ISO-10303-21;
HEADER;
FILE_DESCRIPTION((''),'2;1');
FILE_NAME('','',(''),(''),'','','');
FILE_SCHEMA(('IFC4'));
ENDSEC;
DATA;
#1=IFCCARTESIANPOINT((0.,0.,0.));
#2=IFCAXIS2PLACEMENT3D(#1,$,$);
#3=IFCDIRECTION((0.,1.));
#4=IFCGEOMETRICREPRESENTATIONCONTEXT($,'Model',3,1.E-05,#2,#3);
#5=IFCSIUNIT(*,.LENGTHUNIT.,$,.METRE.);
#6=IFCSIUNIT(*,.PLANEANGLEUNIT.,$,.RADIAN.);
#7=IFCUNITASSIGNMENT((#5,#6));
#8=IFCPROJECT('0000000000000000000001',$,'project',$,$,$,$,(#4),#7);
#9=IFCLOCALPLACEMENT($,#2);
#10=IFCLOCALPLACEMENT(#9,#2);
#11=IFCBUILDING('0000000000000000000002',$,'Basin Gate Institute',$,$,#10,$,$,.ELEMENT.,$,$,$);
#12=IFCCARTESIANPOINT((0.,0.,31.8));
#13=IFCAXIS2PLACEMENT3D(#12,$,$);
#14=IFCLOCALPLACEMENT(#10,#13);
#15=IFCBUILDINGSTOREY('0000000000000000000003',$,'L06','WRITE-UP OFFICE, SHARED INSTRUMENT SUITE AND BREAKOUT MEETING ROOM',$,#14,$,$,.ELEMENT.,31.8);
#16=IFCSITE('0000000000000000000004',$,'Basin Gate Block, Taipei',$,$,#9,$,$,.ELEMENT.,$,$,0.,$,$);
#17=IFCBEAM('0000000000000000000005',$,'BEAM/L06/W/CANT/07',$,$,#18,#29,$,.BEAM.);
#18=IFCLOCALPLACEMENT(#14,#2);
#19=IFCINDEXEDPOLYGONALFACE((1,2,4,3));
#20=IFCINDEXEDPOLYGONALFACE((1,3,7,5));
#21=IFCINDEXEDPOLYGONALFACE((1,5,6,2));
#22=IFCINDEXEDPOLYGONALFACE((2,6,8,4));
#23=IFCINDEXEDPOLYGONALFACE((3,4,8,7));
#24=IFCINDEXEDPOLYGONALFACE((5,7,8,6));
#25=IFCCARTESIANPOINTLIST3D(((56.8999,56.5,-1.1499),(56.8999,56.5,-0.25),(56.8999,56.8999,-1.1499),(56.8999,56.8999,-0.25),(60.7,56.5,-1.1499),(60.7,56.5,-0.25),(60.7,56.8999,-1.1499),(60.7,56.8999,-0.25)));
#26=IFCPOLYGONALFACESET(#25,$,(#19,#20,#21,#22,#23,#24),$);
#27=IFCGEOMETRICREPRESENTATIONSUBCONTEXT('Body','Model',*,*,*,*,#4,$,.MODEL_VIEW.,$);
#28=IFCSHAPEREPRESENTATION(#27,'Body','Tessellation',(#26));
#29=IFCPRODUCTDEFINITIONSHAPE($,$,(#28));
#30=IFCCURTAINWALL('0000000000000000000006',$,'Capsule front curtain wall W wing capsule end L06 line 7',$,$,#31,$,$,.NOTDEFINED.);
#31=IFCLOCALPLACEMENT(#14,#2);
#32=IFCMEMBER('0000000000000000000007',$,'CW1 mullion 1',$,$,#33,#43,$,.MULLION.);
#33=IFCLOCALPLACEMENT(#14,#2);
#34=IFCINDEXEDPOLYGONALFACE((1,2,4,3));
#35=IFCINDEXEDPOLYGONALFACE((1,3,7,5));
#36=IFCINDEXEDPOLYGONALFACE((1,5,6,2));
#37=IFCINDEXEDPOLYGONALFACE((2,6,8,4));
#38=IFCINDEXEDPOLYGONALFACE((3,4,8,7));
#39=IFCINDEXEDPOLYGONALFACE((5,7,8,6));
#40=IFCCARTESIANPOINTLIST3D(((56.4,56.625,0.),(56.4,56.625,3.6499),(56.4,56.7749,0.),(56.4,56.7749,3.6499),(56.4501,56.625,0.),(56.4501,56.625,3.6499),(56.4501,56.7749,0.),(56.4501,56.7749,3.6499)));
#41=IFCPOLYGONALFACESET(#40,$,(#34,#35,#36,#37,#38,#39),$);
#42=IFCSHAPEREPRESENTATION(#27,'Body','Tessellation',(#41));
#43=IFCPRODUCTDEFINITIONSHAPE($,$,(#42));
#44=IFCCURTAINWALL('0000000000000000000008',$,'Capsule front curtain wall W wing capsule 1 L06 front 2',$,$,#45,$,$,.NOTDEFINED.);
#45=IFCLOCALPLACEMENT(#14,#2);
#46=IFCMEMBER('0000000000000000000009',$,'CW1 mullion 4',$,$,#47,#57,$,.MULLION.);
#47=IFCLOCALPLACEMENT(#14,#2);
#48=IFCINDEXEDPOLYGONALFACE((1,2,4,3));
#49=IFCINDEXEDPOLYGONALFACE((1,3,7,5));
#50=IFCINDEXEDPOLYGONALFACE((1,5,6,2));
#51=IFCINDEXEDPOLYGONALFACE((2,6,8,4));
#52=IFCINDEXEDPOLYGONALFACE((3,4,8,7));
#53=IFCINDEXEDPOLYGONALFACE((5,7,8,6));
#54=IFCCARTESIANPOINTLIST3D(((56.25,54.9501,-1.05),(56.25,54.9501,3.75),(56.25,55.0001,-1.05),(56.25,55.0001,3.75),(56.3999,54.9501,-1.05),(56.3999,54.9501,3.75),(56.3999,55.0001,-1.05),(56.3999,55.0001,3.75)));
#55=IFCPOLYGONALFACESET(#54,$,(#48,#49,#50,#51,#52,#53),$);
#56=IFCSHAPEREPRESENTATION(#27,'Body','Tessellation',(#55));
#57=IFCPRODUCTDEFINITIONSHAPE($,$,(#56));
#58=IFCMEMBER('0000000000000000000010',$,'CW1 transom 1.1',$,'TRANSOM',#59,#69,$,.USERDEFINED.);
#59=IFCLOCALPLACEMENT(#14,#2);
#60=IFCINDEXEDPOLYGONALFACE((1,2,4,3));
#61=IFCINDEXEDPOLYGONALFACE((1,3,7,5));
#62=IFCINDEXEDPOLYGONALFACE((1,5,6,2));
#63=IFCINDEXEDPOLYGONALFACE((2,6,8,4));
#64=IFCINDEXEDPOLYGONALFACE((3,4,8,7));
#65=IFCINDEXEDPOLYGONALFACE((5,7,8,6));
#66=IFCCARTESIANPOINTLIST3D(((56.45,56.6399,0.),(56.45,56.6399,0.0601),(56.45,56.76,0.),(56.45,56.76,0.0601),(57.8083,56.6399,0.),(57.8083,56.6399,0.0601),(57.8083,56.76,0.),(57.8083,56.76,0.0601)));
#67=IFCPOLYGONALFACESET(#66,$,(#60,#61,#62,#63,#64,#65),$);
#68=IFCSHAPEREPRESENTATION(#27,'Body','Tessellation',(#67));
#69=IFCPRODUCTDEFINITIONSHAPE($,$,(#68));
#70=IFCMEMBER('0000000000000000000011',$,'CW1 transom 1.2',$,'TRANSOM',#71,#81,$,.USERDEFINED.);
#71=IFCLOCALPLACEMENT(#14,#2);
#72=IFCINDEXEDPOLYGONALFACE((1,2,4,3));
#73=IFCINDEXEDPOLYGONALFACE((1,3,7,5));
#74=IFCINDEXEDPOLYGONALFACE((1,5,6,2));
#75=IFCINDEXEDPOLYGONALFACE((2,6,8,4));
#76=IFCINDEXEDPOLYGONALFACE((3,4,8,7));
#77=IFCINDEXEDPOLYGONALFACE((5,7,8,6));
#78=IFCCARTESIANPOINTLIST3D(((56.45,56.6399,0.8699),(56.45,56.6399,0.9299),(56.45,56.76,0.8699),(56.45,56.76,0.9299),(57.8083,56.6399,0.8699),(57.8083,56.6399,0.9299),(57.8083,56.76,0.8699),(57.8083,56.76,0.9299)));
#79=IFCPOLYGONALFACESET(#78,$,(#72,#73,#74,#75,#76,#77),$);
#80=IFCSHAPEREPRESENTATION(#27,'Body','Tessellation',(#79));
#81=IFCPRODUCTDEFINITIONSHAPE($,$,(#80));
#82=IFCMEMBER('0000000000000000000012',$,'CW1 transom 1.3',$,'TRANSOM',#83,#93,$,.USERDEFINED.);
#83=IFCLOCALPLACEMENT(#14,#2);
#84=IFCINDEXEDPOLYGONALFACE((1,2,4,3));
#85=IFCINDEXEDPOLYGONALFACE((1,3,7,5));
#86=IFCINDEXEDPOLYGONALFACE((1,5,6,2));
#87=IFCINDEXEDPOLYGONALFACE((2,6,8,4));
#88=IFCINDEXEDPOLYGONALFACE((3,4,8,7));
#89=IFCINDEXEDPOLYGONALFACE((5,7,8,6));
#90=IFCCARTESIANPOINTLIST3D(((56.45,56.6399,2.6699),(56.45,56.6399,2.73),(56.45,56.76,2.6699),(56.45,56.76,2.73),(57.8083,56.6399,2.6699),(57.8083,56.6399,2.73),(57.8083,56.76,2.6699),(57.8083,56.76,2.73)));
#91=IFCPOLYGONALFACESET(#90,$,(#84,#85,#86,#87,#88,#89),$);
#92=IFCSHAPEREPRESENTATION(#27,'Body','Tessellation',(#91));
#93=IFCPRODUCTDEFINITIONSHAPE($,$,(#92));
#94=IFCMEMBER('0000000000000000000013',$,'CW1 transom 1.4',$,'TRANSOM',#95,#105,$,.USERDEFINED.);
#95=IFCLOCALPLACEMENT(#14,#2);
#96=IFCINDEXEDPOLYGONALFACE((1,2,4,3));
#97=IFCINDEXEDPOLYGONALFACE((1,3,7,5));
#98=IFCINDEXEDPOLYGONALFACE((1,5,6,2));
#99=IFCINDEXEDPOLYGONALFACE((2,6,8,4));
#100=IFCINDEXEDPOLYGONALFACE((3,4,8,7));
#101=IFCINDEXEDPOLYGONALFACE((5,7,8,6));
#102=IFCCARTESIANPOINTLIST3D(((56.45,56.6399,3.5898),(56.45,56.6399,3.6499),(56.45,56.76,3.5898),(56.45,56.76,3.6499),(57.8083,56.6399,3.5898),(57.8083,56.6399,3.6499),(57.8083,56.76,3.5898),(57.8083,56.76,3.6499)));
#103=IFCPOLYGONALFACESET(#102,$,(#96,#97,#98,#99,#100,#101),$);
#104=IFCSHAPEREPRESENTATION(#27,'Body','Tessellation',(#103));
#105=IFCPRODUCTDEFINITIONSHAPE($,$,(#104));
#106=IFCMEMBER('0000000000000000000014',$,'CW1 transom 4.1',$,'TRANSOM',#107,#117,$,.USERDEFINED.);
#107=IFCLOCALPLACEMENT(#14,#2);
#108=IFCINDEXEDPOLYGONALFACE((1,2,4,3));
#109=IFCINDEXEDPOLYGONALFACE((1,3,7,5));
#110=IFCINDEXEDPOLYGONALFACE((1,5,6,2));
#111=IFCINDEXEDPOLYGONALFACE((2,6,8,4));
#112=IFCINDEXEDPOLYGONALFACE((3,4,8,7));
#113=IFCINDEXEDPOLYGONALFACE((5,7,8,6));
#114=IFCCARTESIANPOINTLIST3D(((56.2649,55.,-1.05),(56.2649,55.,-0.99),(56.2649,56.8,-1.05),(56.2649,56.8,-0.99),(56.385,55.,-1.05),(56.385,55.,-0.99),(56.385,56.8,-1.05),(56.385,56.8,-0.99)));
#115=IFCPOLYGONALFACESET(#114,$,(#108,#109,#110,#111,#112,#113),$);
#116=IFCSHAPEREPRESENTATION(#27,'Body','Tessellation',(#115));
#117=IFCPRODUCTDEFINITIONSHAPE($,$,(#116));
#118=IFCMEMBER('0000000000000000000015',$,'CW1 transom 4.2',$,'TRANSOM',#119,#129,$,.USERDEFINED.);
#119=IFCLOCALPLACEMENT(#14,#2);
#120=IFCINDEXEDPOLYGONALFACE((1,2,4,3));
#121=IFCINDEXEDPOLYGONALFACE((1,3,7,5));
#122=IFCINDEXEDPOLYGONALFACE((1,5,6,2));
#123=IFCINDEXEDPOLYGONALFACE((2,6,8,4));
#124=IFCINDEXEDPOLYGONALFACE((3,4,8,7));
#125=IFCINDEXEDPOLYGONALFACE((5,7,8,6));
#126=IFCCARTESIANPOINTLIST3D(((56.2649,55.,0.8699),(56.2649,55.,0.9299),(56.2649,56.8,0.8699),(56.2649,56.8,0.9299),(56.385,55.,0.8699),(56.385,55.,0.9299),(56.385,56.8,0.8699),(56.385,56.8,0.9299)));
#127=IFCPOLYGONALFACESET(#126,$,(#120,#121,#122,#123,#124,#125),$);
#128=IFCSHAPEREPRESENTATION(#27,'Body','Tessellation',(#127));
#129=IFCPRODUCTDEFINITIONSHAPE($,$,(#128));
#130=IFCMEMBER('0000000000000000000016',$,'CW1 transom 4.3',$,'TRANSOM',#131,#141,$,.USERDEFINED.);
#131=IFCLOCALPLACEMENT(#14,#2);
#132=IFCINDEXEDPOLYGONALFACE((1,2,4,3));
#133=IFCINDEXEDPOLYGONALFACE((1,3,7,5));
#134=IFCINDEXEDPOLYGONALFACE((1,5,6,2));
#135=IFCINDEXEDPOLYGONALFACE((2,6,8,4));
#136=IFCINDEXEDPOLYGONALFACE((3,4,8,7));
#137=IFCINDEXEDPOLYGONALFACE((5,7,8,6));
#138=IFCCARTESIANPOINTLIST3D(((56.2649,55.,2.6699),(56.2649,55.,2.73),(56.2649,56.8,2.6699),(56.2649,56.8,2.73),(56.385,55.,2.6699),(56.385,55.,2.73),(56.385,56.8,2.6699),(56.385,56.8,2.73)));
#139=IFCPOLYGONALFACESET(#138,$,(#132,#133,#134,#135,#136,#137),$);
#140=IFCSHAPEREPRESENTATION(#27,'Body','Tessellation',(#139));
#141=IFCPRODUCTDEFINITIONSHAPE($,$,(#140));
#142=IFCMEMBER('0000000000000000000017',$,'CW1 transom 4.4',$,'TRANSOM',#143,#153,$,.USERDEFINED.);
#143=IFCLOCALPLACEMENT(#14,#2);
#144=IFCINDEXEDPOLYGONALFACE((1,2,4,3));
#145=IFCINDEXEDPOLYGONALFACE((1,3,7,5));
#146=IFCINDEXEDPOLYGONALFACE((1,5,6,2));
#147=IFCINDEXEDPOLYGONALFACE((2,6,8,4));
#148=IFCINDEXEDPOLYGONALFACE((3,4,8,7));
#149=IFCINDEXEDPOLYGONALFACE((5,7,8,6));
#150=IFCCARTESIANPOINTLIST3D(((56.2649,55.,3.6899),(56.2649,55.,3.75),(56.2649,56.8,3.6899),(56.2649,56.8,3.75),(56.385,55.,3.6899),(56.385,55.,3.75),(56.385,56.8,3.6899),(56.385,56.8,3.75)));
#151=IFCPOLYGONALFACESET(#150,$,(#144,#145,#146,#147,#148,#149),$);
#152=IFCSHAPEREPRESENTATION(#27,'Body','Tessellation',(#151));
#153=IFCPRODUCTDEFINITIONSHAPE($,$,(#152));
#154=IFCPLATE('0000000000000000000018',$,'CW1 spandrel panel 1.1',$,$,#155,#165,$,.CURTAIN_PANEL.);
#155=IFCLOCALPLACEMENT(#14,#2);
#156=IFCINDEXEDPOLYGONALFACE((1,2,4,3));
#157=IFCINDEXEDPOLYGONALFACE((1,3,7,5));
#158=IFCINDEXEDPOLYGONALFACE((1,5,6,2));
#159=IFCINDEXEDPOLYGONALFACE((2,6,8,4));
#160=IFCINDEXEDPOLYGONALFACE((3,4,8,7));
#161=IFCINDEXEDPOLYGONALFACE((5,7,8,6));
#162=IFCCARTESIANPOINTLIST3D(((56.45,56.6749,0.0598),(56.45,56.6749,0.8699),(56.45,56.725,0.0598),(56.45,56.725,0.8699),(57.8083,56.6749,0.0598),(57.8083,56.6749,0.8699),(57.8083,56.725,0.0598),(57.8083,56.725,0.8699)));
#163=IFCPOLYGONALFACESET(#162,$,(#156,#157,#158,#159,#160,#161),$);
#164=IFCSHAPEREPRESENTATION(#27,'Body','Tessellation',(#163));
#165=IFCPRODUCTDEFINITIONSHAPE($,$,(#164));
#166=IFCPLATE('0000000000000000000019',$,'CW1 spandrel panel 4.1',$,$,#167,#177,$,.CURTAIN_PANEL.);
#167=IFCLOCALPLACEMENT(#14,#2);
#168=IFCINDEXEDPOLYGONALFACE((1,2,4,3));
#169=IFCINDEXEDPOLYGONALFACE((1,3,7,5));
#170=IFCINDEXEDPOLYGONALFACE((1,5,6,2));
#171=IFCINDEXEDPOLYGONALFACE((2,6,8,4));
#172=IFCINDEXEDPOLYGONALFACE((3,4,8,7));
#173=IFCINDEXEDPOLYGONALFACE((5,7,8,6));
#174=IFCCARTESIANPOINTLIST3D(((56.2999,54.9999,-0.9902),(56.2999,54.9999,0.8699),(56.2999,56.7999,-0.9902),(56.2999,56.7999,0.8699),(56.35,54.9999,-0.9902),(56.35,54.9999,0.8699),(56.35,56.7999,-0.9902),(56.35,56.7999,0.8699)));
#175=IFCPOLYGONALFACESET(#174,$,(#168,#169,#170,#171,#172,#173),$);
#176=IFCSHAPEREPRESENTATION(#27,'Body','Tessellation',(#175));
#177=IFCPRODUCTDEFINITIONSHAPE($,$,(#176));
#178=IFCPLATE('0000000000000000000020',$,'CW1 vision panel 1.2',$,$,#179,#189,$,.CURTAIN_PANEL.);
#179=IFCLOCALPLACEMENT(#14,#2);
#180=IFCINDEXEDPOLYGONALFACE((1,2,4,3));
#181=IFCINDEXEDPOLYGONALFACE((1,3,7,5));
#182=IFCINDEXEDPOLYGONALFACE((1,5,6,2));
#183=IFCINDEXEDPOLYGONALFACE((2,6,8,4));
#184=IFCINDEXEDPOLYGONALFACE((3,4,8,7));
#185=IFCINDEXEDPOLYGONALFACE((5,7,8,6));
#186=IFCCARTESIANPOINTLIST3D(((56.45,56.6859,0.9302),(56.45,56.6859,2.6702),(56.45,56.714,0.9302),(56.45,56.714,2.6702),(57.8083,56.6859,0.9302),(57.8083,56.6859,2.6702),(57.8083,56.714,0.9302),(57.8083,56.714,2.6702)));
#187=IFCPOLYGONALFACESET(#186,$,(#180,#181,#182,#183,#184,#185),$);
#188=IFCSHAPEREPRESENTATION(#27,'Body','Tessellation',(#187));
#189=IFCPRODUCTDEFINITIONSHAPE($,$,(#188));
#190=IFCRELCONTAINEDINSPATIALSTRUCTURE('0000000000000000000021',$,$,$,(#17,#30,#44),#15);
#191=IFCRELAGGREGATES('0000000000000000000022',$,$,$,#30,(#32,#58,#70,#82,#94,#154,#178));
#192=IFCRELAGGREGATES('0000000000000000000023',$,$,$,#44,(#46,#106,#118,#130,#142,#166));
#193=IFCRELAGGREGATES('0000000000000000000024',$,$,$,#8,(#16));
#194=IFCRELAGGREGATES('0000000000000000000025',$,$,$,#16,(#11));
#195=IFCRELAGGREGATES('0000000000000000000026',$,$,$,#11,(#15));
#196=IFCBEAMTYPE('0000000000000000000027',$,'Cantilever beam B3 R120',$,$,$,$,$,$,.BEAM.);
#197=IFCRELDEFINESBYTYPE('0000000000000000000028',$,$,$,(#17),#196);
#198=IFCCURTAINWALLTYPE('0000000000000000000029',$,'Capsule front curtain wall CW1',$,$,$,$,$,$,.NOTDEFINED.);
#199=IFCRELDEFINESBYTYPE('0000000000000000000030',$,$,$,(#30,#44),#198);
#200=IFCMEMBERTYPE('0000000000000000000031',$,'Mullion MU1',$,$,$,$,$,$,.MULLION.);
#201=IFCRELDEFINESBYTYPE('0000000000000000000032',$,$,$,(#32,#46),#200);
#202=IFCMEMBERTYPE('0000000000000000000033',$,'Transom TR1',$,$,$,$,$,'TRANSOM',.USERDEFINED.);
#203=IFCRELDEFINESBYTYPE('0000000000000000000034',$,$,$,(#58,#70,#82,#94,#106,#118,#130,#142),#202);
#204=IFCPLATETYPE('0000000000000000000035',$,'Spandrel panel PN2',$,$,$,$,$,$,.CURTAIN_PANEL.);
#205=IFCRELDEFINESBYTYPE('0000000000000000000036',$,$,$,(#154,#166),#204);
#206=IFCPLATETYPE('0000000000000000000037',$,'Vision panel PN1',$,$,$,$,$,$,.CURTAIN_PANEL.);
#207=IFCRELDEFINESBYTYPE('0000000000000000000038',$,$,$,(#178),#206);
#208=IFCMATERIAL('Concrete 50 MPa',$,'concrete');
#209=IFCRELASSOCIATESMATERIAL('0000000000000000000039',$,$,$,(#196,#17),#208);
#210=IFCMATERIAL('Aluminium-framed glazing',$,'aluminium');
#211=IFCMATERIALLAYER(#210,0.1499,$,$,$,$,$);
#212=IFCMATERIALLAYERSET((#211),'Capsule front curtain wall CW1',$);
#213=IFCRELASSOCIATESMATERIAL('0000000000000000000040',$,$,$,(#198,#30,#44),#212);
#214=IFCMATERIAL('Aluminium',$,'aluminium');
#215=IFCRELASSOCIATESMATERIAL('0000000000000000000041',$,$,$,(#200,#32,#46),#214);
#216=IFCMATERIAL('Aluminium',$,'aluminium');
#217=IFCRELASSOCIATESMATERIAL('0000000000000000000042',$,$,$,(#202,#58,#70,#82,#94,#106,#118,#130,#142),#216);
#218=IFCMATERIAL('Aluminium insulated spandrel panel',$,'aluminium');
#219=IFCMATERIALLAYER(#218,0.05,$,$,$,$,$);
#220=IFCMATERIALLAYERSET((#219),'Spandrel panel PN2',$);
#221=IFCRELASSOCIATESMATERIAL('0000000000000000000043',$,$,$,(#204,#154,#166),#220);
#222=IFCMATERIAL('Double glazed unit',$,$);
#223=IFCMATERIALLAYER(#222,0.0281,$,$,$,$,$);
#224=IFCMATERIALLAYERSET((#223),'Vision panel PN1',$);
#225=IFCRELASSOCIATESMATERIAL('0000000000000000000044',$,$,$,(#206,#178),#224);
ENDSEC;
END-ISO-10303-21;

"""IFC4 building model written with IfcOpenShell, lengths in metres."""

from ifc_helpers import new_model, si_unit, direction, frame, origin, origin_2d, place, context, subcontext, project, spatial, rectangle, extrude, material, layer, layer_set, material_profile, profile_set, type_object, element, aggregate, save


model = new_model("IFC4")

# Units and contexts
model_context = context("Model", 3, precision=1e-05, world=origin(), true_north=direction((0.0, 1.0)))
body_context = subcontext(model_context, "Body", "Model", "MODEL_VIEW")
ifc_project = project(units=[si_unit("LENGTHUNIT", "METRE"), si_unit("PLANEANGLEUNIT", "RADIAN")], contexts=[model_context])

# Site, building, storey
site_placement = place(None, origin())
site = spatial("IfcSite", under=ifc_project, at=site_placement, Name="Basin Gate Block, Taipei", CompositionType="ELEMENT", RefElevation=0.0)
building_placement = place(site_placement, origin())
building = spatial("IfcBuilding", under=site, at=building_placement, Name="Basin Gate Institute", CompositionType="ELEMENT")
storey_placement = place(building_placement, frame((0.0, 0.0, 31.8)))
storey = spatial("IfcBuildingStorey", under=building, at=storey_placement, Name="L06", Description="WRITE-UP OFFICE, SHARED INSTRUMENT SUITE AND BREAKOUT MEETING ROOM", CompositionType="ELEMENT", Elevation=31.8)

# Beam
ifc_material_1 = material(Name="Concrete 50 MPa", Category="concrete")
ifc_material_profile_1 = material_profile(ifc_material_1, rectangle(XDim=0.3999, YDim=0.8999, at=origin_2d()), Name="Cantilever beam B3 400 x 900")
ifc_profile_set_1 = profile_set([ifc_material_profile_1], Name="Concrete 50 MPa")
beam_type = type_object("IfcBeamType", Name="Cantilever beam B3 R120", PredefinedType="BEAM", material=ifc_profile_set_1)
beam_placement = place(storey_placement, frame((56.8999, 56.7, -0.7), z_axis=(1.0, 0.0, 0.0), x_axis=(0.0, 1.0, 0.0)))
element("IfcBeam", 1, at=beam_placement, inside=storey, type_object=beam_type, material=ifc_profile_set_1, Name="BEAM/L06/W/CANT/07", PredefinedType="BEAM", context=body_context, shape_type="SweptSolid", body=[
    extrude(rectangle(XDim=0.3999, YDim=0.8999, at=origin_2d()), origin(), (0.0, 0.0, 1.0), 3.8),
])

# Curtain walls, members
ifc_material_2 = material(Name="Aluminium-framed glazing", Category="aluminium")
ifc_layer_1 = layer(ifc_material_2, 0.1499)
ifc_layer_set_1 = layer_set([ifc_layer_1], Name="Capsule front curtain wall CW1")
curtain_wall_type = type_object("IfcCurtainWallType", Name="Capsule front curtain wall CW1", PredefinedType="NOTDEFINED", material=ifc_layer_set_1)
curtain_wall_1_placement = place(storey_placement, origin())
curtain_wall_1 = element("IfcCurtainWall", 2, at=curtain_wall_1_placement, inside=storey, type_object=curtain_wall_type, material=ifc_layer_set_1, Name="Capsule front curtain wall W wing capsule end L06 line 7", PredefinedType="NOTDEFINED")
ifc_material_3 = material(Name="Aluminium", Category="aluminium")
ifc_material_profile_2 = material_profile(ifc_material_3, rectangle(XDim=0.1499, YDim=0.05, at=origin_2d()), Name="Mullion MU1 150 x 50")
ifc_profile_set_2 = profile_set([ifc_material_profile_2], Name="Aluminium")
member_type_1 = type_object("IfcMemberType", Name="Mullion MU1", PredefinedType="MULLION", material=ifc_profile_set_2)
member_1_placement = place(storey_placement, frame((56.425, 56.7, 0.0), z_axis=(0.0, 0.0, 1.0), x_axis=(0.0, 1.0, 0.0)))
member_1 = element("IfcMember", 3, at=member_1_placement, type_object=member_type_1, material=ifc_profile_set_2, Name="CW1 mullion 1", PredefinedType="MULLION", context=body_context, shape_type="SweptSolid", body=[
    extrude(rectangle(XDim=0.1499, YDim=0.05, at=origin_2d()), origin(), (0.0, 0.0, 1.0), 3.6499),
])
curtain_wall_2_placement = place(storey_placement, origin())
curtain_wall_2 = element("IfcCurtainWall", 4, at=curtain_wall_2_placement, inside=storey, type_object=curtain_wall_type, material=ifc_layer_set_1, Name="Capsule front curtain wall W wing capsule 1 L06 front 2", PredefinedType="NOTDEFINED")
member_2_placement = place(storey_placement, frame((56.325, 54.9751, -1.05), z_axis=(0.0, 0.0, 1.0), x_axis=(-1.0, 0.0, 0.0)))
member_2 = element("IfcMember", 5, at=member_2_placement, type_object=member_type_1, material=ifc_profile_set_2, Name="CW1 mullion 4", PredefinedType="MULLION", context=body_context, shape_type="SweptSolid", body=[
    extrude(rectangle(XDim=0.1499, YDim=0.05, at=origin_2d()), origin(), (0.0, 0.0, 1.0), 4.8),
])

# Members
ifc_material_4 = material(Name="Aluminium", Category="aluminium")
ifc_material_profile_3 = material_profile(ifc_material_4, rectangle(XDim=0.1201, YDim=0.0601, at=origin_2d()), Name="Transom TR1 120 x 60")
ifc_profile_set_3 = profile_set([ifc_material_profile_3], Name="Aluminium")
member_type_2 = type_object("IfcMemberType", Name="Transom TR1", ElementType="TRANSOM", PredefinedType="USERDEFINED", material=ifc_profile_set_3)
member_3_placement = place(storey_placement, frame((56.45, 56.7, 0.03), z_axis=(1.0, 0.0, 0.0), x_axis=(0.0, 1.0, 0.0)))
member_3 = element("IfcMember", 6, at=member_3_placement, type_object=member_type_2, material=ifc_profile_set_3, Name="CW1 transom 1.1", ObjectType="TRANSOM", PredefinedType="USERDEFINED", context=body_context, shape_type="SweptSolid", body=[
    extrude(rectangle(XDim=0.1201, YDim=0.0601, at=origin_2d()), origin(), (0.0, 0.0, 1.0), 1.3584),
])
member_4_placement = place(storey_placement, frame((56.45, 56.7, 0.8999), z_axis=(1.0, 0.0, 0.0), x_axis=(0.0, 1.0, 0.0)))
member_4 = element("IfcMember", 7, at=member_4_placement, type_object=member_type_2, material=ifc_profile_set_3, Name="CW1 transom 1.2", ObjectType="TRANSOM", PredefinedType="USERDEFINED", context=body_context, shape_type="SweptSolid", body=[
    extrude(rectangle(XDim=0.1201, YDim=0.0601, at=origin_2d()), origin(), (0.0, 0.0, 1.0), 1.3584),
])
member_5_placement = place(storey_placement, frame((56.45, 56.7, 2.7), z_axis=(1.0, 0.0, 0.0), x_axis=(0.0, 1.0, 0.0)))
member_5 = element("IfcMember", 8, at=member_5_placement, type_object=member_type_2, material=ifc_profile_set_3, Name="CW1 transom 1.3", ObjectType="TRANSOM", PredefinedType="USERDEFINED", context=body_context, shape_type="SweptSolid", body=[
    extrude(rectangle(XDim=0.1201, YDim=0.0601, at=origin_2d()), origin(), (0.0, 0.0, 1.0), 1.3584),
])
member_6_placement = place(storey_placement, frame((56.45, 56.7, 3.6199), z_axis=(1.0, 0.0, 0.0), x_axis=(0.0, 1.0, 0.0)))
member_6 = element("IfcMember", 9, at=member_6_placement, type_object=member_type_2, material=ifc_profile_set_3, Name="CW1 transom 1.4", ObjectType="TRANSOM", PredefinedType="USERDEFINED", context=body_context, shape_type="SweptSolid", body=[
    extrude(rectangle(XDim=0.1201, YDim=0.0601, at=origin_2d()), origin(), (0.0, 0.0, 1.0), 1.3584),
])
member_7_placement = place(storey_placement, frame((56.325, 55.0, -1.02), z_axis=(0.0, 1.0, 0.0), x_axis=(-1.0, 0.0, 0.0)))
member_7 = element("IfcMember", 10, at=member_7_placement, type_object=member_type_2, material=ifc_profile_set_3, Name="CW1 transom 4.1", ObjectType="TRANSOM", PredefinedType="USERDEFINED", context=body_context, shape_type="SweptSolid", body=[
    extrude(rectangle(XDim=0.1201, YDim=0.0601, at=origin_2d()), origin(), (0.0, 0.0, 1.0), 1.8),
])
member_8_placement = place(storey_placement, frame((56.325, 55.0, 0.8999), z_axis=(0.0, 1.0, 0.0), x_axis=(-1.0, 0.0, 0.0)))
member_8 = element("IfcMember", 11, at=member_8_placement, type_object=member_type_2, material=ifc_profile_set_3, Name="CW1 transom 4.2", ObjectType="TRANSOM", PredefinedType="USERDEFINED", context=body_context, shape_type="SweptSolid", body=[
    extrude(rectangle(XDim=0.1201, YDim=0.0601, at=origin_2d()), origin(), (0.0, 0.0, 1.0), 1.8),
])
member_9_placement = place(storey_placement, frame((56.325, 55.0, 2.7), z_axis=(0.0, 1.0, 0.0), x_axis=(-1.0, 0.0, 0.0)))
member_9 = element("IfcMember", 12, at=member_9_placement, type_object=member_type_2, material=ifc_profile_set_3, Name="CW1 transom 4.3", ObjectType="TRANSOM", PredefinedType="USERDEFINED", context=body_context, shape_type="SweptSolid", body=[
    extrude(rectangle(XDim=0.1201, YDim=0.0601, at=origin_2d()), origin(), (0.0, 0.0, 1.0), 1.8),
])
member_10_placement = place(storey_placement, frame((56.325, 55.0, 3.72), z_axis=(0.0, 1.0, 0.0), x_axis=(-1.0, 0.0, 0.0)))
member_10 = element("IfcMember", 13, at=member_10_placement, type_object=member_type_2, material=ifc_profile_set_3, Name="CW1 transom 4.4", ObjectType="TRANSOM", PredefinedType="USERDEFINED", context=body_context, shape_type="SweptSolid", body=[
    extrude(rectangle(XDim=0.1201, YDim=0.0601, at=origin_2d()), origin(), (0.0, 0.0, 1.0), 1.8),
])

# Plates
ifc_material_5 = material(Name="Aluminium insulated spandrel panel", Category="aluminium")
ifc_layer_2 = layer(ifc_material_5, 0.05)
ifc_layer_set_2 = layer_set([ifc_layer_2], Name="Spandrel panel PN2")
plate_type_1 = type_object("IfcPlateType", Name="Spandrel panel PN2", PredefinedType="CURTAIN_PANEL", material=ifc_layer_set_2)
plate_1_placement = place(storey_placement, frame((57.1292, 56.7, 0.0598), z_axis=(0.0, 0.0, 1.0), x_axis=(1.0, 0.0, 0.0)))
plate_1 = element("IfcPlate", 14, at=plate_1_placement, type_object=plate_type_1, material=ifc_layer_set_2, Name="CW1 spandrel panel 1.1", PredefinedType="CURTAIN_PANEL", context=body_context, shape_type="SweptSolid", body=[
    extrude(rectangle(XDim=1.3584, YDim=0.05, at=origin_2d()), origin(), (0.0, 0.0, 1.0), 0.8101),
])
plate_2_placement = place(storey_placement, frame((56.325, 55.8999, -0.9902), z_axis=(0.0, 0.0, 1.0), x_axis=(0.0, 1.0, 0.0)))
plate_2 = element("IfcPlate", 15, at=plate_2_placement, type_object=plate_type_1, material=ifc_layer_set_2, Name="CW1 spandrel panel 4.1", PredefinedType="CURTAIN_PANEL", context=body_context, shape_type="SweptSolid", body=[
    extrude(rectangle(XDim=1.8, YDim=0.05, at=origin_2d()), origin(), (0.0, 0.0, 1.0), 1.8601),
])
ifc_material_6 = material(Name="Double glazed unit")
ifc_layer_3 = layer(ifc_material_6, 0.0281)
ifc_layer_set_3 = layer_set([ifc_layer_3], Name="Vision panel PN1")
plate_type_2 = type_object("IfcPlateType", Name="Vision panel PN1", PredefinedType="CURTAIN_PANEL", material=ifc_layer_set_3)
plate_3_placement = place(storey_placement, frame((57.1292, 56.7, 0.9302), z_axis=(0.0, 0.0, 1.0), x_axis=(1.0, 0.0, 0.0)))
plate_3 = element("IfcPlate", 16, at=plate_3_placement, type_object=plate_type_2, material=ifc_layer_set_3, Name="CW1 vision panel 1.2", PredefinedType="CURTAIN_PANEL", context=body_context, shape_type="SweptSolid", body=[
    extrude(rectangle(XDim=1.3584, YDim=0.0281, at=origin_2d()), origin(), (0.0, 0.0, 1.0), 1.74),
])
aggregate(curtain_wall_1, [member_1, member_3, member_4, member_5, member_6, plate_1, plate_3])
aggregate(curtain_wall_2, [member_2, member_7, member_8, member_9, member_10, plate_2])

save(model, "model.ifc")
